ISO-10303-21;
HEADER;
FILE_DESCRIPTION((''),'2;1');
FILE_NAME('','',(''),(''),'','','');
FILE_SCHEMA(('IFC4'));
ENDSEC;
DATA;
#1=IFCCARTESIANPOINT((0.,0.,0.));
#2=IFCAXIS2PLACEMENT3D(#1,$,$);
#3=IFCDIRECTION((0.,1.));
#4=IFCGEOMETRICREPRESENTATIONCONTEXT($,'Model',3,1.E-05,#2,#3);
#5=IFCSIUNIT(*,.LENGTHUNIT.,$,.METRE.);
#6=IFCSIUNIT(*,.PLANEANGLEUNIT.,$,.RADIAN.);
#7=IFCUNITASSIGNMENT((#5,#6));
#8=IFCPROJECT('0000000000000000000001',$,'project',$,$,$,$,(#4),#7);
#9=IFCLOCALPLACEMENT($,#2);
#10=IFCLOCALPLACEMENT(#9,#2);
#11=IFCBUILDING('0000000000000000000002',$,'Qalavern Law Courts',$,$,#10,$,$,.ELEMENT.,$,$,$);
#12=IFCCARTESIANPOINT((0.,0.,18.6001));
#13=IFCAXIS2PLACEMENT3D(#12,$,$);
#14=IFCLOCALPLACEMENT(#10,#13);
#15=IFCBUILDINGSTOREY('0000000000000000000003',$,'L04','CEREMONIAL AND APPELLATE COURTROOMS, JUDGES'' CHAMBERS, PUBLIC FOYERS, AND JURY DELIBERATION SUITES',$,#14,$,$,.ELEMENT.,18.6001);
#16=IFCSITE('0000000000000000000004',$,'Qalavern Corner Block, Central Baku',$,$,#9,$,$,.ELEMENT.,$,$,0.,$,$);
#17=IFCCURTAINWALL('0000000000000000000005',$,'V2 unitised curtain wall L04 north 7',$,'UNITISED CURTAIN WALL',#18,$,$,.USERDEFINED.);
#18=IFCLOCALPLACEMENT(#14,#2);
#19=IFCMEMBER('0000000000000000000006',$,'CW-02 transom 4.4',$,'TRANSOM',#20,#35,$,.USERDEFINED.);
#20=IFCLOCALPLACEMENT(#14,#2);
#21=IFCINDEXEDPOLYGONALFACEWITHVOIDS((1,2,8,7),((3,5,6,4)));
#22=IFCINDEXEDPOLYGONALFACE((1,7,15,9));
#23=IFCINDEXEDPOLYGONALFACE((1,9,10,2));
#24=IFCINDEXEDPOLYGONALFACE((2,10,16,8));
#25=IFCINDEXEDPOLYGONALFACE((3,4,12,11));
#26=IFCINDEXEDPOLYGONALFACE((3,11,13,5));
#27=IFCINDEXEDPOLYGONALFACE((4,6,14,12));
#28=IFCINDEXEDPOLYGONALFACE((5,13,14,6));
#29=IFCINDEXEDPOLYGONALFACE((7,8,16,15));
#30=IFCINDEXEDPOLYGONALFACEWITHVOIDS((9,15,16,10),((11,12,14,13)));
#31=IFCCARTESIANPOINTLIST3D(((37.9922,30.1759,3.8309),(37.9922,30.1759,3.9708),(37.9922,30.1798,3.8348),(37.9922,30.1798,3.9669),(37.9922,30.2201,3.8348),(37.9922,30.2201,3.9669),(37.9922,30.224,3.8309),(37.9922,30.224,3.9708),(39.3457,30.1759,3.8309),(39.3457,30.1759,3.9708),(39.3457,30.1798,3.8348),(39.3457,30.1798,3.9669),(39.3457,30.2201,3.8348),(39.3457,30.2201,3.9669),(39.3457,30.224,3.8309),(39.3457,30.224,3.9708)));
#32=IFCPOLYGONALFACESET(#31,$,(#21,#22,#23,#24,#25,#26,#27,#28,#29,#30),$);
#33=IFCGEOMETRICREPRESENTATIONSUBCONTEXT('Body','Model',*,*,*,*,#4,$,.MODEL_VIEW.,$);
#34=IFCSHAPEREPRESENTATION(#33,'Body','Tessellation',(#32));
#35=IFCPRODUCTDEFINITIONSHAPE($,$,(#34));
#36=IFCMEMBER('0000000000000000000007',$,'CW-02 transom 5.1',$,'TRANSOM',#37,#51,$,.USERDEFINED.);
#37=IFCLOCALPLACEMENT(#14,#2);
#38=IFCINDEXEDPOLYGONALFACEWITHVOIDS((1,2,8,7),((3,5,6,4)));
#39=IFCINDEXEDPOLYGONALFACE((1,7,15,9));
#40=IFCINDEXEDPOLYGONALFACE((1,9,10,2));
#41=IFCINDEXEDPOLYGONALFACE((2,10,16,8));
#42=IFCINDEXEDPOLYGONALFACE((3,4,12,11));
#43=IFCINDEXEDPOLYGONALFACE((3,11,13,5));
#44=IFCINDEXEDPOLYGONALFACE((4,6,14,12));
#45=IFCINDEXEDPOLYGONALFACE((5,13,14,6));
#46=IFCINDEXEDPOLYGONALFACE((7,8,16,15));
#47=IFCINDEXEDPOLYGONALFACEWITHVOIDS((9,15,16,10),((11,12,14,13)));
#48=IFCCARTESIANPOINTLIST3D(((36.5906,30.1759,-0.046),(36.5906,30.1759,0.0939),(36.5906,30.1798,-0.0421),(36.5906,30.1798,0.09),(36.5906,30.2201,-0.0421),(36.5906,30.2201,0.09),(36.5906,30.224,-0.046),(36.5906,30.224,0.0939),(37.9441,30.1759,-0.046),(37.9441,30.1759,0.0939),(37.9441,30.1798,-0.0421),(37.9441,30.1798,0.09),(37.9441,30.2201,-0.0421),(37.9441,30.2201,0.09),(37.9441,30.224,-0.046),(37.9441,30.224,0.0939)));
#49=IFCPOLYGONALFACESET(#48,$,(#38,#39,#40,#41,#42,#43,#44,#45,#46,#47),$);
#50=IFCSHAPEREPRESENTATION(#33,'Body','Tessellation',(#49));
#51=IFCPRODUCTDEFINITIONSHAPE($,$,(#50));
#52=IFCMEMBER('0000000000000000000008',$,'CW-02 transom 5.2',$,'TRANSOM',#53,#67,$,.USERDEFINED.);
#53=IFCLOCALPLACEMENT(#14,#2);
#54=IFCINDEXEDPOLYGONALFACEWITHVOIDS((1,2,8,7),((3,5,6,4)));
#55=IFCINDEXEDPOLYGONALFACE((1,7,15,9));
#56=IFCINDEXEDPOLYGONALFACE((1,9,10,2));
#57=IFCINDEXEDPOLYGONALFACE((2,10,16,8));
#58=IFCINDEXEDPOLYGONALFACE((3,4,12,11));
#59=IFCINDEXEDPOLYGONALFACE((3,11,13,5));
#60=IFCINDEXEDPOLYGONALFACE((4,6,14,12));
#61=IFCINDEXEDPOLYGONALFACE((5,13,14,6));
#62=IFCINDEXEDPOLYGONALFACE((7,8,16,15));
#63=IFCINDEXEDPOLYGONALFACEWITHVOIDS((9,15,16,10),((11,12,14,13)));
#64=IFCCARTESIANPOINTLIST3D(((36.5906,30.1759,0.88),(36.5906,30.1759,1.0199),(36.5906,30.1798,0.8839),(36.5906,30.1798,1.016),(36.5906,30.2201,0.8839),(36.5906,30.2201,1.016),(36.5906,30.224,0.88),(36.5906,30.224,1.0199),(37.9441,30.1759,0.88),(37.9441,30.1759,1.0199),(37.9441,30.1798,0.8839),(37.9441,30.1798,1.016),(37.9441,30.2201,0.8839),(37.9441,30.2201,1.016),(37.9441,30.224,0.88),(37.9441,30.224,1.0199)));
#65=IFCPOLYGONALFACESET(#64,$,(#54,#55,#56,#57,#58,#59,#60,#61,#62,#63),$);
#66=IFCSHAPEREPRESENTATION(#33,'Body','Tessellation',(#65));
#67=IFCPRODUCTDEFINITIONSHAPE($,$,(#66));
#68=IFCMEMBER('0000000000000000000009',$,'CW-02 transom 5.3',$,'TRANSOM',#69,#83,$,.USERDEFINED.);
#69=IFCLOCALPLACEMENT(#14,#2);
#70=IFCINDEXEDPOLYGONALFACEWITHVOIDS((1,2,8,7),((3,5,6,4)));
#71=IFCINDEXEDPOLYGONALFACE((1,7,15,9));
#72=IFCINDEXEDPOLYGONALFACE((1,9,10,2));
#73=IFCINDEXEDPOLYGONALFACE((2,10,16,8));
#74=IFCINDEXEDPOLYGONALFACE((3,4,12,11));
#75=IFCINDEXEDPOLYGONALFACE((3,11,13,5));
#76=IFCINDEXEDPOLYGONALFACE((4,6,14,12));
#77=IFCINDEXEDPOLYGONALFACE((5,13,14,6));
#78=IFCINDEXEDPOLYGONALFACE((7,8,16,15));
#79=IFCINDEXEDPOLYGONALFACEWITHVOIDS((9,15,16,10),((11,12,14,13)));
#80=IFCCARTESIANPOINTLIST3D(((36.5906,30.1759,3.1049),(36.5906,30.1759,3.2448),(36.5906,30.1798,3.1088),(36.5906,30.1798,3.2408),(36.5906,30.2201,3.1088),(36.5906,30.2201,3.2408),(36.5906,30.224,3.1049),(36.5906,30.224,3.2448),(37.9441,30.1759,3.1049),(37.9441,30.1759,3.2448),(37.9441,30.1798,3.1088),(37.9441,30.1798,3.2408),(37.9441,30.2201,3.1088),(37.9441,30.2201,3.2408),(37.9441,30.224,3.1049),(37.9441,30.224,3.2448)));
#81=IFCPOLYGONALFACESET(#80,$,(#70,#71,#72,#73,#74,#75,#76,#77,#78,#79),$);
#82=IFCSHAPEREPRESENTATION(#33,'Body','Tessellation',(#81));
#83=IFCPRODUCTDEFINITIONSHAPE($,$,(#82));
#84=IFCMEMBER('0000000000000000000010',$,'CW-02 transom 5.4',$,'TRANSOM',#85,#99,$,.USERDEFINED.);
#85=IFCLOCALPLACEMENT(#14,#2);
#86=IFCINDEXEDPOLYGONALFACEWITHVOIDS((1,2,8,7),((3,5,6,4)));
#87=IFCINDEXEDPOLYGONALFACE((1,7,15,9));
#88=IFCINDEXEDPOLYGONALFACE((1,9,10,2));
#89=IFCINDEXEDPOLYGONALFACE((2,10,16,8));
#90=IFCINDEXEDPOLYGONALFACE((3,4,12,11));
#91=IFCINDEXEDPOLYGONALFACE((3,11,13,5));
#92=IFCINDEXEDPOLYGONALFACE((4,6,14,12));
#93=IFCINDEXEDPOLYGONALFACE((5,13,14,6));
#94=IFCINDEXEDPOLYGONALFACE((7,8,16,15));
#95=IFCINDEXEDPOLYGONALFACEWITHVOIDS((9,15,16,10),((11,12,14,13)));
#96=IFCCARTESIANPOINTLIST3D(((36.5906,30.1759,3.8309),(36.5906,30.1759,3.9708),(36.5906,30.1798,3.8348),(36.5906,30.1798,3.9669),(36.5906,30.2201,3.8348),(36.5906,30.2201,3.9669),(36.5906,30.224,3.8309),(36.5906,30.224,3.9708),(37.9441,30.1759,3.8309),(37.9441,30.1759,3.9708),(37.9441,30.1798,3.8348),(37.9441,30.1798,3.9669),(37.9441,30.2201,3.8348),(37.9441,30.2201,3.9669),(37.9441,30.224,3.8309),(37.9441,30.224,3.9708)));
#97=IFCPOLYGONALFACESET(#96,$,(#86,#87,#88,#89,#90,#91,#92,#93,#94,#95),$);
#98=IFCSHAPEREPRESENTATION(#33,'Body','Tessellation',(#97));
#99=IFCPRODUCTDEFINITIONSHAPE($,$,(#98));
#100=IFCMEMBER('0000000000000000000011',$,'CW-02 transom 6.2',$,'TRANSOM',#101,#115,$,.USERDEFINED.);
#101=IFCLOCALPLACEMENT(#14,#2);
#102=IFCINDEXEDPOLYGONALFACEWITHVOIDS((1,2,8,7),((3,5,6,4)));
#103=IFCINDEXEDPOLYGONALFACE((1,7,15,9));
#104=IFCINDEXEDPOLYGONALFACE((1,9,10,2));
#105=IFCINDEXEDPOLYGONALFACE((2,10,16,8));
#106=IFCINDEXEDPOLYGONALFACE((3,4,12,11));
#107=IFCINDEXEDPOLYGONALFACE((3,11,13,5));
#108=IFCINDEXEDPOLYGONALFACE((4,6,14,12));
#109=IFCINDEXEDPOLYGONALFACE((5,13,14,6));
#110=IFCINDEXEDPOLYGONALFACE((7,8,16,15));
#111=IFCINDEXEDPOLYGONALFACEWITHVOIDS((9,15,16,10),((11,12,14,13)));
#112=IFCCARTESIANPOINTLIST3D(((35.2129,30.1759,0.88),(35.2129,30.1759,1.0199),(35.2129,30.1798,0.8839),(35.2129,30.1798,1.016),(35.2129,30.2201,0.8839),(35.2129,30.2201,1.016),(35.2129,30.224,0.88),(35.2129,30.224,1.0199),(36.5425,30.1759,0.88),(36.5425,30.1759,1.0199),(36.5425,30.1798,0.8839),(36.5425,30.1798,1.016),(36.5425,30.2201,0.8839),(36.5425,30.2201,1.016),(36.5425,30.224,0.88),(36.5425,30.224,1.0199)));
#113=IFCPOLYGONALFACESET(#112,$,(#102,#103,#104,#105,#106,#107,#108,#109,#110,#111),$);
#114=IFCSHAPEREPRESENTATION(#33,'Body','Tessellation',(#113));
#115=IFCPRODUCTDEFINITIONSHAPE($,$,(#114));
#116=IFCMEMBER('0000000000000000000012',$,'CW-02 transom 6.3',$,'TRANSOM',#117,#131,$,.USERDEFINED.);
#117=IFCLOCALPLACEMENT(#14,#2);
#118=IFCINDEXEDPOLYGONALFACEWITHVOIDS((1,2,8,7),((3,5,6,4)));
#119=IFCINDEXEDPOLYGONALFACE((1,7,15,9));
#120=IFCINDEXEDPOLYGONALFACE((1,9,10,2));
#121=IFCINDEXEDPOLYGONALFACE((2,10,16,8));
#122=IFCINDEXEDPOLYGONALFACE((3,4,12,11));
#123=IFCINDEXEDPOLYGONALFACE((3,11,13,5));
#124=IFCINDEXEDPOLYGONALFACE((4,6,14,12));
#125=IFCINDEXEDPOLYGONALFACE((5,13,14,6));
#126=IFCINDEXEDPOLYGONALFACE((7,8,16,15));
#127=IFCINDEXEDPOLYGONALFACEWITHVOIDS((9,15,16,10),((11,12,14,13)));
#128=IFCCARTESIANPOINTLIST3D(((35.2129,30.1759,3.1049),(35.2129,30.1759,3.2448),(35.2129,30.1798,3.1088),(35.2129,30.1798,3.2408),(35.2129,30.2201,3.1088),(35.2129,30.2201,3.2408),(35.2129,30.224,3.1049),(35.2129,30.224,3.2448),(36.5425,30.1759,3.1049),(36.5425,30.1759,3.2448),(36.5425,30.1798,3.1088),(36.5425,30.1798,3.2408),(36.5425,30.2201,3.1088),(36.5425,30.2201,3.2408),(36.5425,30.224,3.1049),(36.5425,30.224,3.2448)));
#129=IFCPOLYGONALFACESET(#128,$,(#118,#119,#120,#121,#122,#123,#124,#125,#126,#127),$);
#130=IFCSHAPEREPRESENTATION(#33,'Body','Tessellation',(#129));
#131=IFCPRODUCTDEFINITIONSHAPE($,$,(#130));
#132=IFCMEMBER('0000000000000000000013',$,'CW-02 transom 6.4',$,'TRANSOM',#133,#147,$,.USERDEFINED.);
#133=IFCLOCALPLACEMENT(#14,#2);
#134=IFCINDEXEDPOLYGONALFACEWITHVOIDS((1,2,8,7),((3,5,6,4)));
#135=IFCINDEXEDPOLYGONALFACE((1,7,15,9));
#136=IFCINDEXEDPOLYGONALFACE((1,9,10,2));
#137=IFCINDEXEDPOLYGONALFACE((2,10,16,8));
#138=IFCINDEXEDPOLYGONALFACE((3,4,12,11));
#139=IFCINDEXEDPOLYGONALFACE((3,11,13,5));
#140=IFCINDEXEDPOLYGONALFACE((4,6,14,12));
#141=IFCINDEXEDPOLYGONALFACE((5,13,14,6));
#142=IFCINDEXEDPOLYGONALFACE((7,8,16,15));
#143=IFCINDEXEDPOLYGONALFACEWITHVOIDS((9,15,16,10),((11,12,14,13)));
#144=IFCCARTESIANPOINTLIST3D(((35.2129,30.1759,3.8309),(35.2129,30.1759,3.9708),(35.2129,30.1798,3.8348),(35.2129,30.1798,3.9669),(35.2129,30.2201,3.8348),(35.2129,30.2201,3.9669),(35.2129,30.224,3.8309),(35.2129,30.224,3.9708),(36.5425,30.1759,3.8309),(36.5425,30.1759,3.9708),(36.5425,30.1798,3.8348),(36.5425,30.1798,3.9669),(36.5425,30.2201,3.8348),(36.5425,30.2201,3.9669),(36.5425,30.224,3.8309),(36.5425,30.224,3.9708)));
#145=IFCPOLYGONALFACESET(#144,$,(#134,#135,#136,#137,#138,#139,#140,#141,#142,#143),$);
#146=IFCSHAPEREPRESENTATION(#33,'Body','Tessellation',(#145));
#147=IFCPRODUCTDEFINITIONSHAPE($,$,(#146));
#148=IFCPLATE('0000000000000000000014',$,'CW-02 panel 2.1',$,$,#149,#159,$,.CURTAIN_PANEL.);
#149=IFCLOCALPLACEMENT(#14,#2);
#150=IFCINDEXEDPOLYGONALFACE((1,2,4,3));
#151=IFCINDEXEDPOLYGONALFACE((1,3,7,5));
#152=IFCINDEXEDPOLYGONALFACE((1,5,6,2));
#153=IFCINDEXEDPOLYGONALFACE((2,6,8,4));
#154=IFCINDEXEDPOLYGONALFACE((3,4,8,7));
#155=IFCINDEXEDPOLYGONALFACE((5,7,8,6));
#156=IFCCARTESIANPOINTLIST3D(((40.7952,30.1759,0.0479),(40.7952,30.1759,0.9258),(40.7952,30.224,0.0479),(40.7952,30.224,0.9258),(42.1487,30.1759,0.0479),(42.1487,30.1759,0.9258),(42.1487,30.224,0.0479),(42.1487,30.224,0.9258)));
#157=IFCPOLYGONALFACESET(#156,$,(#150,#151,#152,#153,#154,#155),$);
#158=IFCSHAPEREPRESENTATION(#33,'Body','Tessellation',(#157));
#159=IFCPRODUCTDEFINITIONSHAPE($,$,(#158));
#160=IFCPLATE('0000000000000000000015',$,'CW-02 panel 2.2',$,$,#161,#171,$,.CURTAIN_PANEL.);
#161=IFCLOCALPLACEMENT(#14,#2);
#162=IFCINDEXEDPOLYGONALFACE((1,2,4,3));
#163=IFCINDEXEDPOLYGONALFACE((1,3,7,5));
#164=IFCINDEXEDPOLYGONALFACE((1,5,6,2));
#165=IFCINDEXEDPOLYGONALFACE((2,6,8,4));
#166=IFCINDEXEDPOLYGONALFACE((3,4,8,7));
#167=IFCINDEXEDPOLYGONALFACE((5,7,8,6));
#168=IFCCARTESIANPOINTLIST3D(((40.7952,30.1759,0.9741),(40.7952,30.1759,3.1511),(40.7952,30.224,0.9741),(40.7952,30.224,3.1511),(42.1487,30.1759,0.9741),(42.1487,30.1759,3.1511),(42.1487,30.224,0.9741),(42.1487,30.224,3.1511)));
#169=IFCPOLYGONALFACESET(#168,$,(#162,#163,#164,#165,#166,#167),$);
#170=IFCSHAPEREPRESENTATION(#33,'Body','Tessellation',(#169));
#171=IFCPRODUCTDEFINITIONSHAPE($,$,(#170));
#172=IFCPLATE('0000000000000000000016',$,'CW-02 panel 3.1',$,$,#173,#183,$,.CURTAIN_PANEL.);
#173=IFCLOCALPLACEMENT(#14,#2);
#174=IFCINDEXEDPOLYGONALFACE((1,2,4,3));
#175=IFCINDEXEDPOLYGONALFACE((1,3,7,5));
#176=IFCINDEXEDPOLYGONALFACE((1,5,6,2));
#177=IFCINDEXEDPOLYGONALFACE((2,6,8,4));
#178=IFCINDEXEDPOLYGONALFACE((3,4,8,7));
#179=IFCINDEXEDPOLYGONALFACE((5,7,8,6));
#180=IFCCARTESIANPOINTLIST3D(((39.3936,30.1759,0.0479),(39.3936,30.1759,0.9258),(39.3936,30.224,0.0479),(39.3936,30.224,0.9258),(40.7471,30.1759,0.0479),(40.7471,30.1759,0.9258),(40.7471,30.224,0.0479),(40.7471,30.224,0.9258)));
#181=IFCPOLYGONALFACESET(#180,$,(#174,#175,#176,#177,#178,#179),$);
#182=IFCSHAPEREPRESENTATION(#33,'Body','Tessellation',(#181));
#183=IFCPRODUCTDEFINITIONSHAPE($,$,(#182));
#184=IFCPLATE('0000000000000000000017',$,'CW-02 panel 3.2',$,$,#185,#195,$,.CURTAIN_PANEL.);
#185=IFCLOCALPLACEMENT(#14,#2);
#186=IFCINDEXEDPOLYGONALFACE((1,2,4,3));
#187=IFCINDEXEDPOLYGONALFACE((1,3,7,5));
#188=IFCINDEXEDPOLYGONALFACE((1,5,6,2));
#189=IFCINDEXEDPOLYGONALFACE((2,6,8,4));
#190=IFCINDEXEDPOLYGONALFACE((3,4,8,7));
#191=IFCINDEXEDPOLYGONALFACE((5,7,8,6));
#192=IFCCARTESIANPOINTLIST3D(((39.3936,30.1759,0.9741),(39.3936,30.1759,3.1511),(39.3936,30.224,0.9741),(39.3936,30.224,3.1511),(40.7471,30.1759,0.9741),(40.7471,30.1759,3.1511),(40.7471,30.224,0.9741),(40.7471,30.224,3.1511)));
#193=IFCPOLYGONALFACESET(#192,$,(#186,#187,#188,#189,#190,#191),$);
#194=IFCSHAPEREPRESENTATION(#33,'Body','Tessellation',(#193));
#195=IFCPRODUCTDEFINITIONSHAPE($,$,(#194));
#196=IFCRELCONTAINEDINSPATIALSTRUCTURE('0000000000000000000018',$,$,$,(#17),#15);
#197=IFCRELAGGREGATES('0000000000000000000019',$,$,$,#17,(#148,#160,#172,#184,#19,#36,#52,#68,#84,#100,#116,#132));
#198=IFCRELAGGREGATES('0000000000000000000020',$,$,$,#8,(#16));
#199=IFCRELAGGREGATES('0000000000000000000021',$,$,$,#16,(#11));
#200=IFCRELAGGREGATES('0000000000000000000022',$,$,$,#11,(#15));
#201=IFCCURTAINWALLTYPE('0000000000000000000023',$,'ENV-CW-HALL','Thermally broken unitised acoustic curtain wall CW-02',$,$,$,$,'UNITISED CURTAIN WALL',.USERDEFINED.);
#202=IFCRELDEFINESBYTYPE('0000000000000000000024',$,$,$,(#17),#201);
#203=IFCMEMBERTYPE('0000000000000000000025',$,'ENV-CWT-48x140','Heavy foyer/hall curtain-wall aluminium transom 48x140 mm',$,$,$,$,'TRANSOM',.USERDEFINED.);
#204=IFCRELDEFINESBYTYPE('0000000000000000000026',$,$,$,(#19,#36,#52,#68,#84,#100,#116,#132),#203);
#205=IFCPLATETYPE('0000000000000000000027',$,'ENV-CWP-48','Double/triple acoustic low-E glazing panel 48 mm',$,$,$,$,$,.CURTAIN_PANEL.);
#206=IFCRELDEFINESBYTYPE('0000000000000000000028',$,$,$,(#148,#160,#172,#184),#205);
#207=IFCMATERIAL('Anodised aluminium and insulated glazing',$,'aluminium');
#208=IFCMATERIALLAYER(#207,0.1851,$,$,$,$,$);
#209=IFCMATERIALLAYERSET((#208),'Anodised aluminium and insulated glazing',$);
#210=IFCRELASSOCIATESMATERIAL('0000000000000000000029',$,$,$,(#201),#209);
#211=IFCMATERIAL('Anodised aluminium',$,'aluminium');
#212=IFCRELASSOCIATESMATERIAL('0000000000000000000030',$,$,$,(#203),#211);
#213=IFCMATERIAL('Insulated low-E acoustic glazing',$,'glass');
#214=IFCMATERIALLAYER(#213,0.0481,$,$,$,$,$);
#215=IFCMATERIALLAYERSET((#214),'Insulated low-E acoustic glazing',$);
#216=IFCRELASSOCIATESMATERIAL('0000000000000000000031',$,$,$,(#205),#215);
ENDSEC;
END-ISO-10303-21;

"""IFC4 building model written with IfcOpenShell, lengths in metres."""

from ifc_helpers import new_model, si_unit, direction, frame, origin, origin_2d, place, context, subcontext, project, spatial, rectangle, hollow_rectangle, extrude, material, layer, layer_set, material_profile, profile_set, type_object, element, aggregate, save


model = new_model("IFC4")

# Units and contexts
model_context = context("Model", 3, precision=1e-05, world=origin(), true_north=direction((0.0, 1.0)))
body_context = subcontext(model_context, "Body", "Model", "MODEL_VIEW")
ifc_project = project(units=[si_unit("LENGTHUNIT", "METRE"), si_unit("PLANEANGLEUNIT", "RADIAN")], contexts=[model_context])

# Site, building, storey
site_placement = place(None, origin())
site = spatial("IfcSite", under=ifc_project, at=site_placement, Name="Qalavern Corner Block, Central Baku", CompositionType="ELEMENT", RefElevation=0.0)
building_placement = place(site_placement, origin())
building = spatial("IfcBuilding", under=site, at=building_placement, Name="Qalavern Law Courts", CompositionType="ELEMENT")
storey_placement = place(building_placement, frame((0.0, 0.0, 18.6001)))
storey = spatial("IfcBuildingStorey", under=building, at=storey_placement, Name="L04", Description="CEREMONIAL AND APPELLATE COURTROOMS, JUDGES' CHAMBERS, PUBLIC FOYERS, AND JURY DELIBERATION SUITES", CompositionType="ELEMENT", Elevation=18.6001)

# Curtain wall, members, plates
ifc_material_1 = material(Name="Anodised aluminium and insulated glazing", Category="aluminium")
ifc_layer_1 = layer(ifc_material_1, 0.1851)
ifc_layer_set_1 = layer_set([ifc_layer_1], Name="Anodised aluminium and insulated glazing")
curtain_wall_type = type_object("IfcCurtainWallType", Name="ENV-CW-HALL", Description="Thermally broken unitised acoustic curtain wall CW-02", ElementType="UNITISED CURTAIN WALL", PredefinedType="USERDEFINED", material=ifc_layer_set_1)
curtain_wall_placement = place(storey_placement, origin())
curtain_wall = element("IfcCurtainWall", 1, at=curtain_wall_placement, inside=storey, type_object=curtain_wall_type, Name="V2 unitised curtain wall L04 north 7", ObjectType="UNITISED CURTAIN WALL", PredefinedType="USERDEFINED")
ifc_material_2 = material(Name="Anodised aluminium", Category="aluminium")
ifc_material_profile_1 = material_profile(ifc_material_2, hollow_rectangle(XDim=0.0481, YDim=0.1399, WallThickness=0.0039, at=origin_2d()), Name="ALU TRANSOM 48x140")
ifc_profile_set_1 = profile_set([ifc_material_profile_1], Name="Anodised aluminium")
member_type_1 = type_object("IfcMemberType", Name="ENV-CWT-48x140", Description="Heavy foyer/hall curtain-wall aluminium transom 48x140 mm", ElementType="TRANSOM", PredefinedType="USERDEFINED", material=ifc_profile_set_1)
member_1_placement = place(storey_placement, frame((39.3457, 30.2, 3.9009), z_axis=(-1.0, 0.0, 0.0), x_axis=(0.0, -1.0, 0.0)))
member_1 = element("IfcMember", 2, at=member_1_placement, type_object=member_type_1, Name="CW-02 transom 4.4", ObjectType="TRANSOM", PredefinedType="USERDEFINED", context=body_context, shape_type="SweptSolid", body=[
    extrude(hollow_rectangle(XDim=0.0481, YDim=0.1399, WallThickness=0.0039, at=origin_2d()), origin(), (0.0, 0.0, 1.0), 1.3535),
])
member_2_placement = place(storey_placement, frame((37.9441, 30.2, 0.0239), z_axis=(-1.0, 0.0, 0.0), x_axis=(0.0, -1.0, 0.0)))
member_2 = element("IfcMember", 3, at=member_2_placement, type_object=member_type_1, Name="CW-02 transom 5.1", ObjectType="TRANSOM", PredefinedType="USERDEFINED", context=body_context, shape_type="SweptSolid", body=[
    extrude(hollow_rectangle(XDim=0.0481, YDim=0.1399, WallThickness=0.0039, at=origin_2d()), origin(), (0.0, 0.0, 1.0), 1.3535),
])
member_3_placement = place(storey_placement, frame((37.9441, 30.2, 0.95), z_axis=(-1.0, 0.0, 0.0), x_axis=(0.0, -1.0, 0.0)))
member_3 = element("IfcMember", 4, at=member_3_placement, type_object=member_type_1, Name="CW-02 transom 5.2", ObjectType="TRANSOM", PredefinedType="USERDEFINED", context=body_context, shape_type="SweptSolid", body=[
    extrude(hollow_rectangle(XDim=0.0481, YDim=0.1399, WallThickness=0.0039, at=origin_2d()), origin(), (0.0, 0.0, 1.0), 1.3535),
])
member_4_placement = place(storey_placement, frame((37.9441, 30.2, 3.1748), z_axis=(-1.0, 0.0, 0.0), x_axis=(0.0, -1.0, 0.0)))
member_4 = element("IfcMember", 5, at=member_4_placement, type_object=member_type_1, Name="CW-02 transom 5.3", ObjectType="TRANSOM", PredefinedType="USERDEFINED", context=body_context, shape_type="SweptSolid", body=[
    extrude(hollow_rectangle(XDim=0.0481, YDim=0.1399, WallThickness=0.0039, at=origin_2d()), origin(), (0.0, 0.0, 1.0), 1.3535),
])
member_5_placement = place(storey_placement, frame((37.9441, 30.2, 3.9009), z_axis=(-1.0, 0.0, 0.0), x_axis=(0.0, -1.0, 0.0)))
member_5 = element("IfcMember", 6, at=member_5_placement, type_object=member_type_1, Name="CW-02 transom 5.4", ObjectType="TRANSOM", PredefinedType="USERDEFINED", context=body_context, shape_type="SweptSolid", body=[
    extrude(hollow_rectangle(XDim=0.0481, YDim=0.1399, WallThickness=0.0039, at=origin_2d()), origin(), (0.0, 0.0, 1.0), 1.3535),
])
member_6_placement = place(storey_placement, frame((36.5425, 30.2, 0.95), z_axis=(-1.0, 0.0, 0.0), x_axis=(0.0, -1.0, 0.0)))
member_6 = element("IfcMember", 7, at=member_6_placement, type_object=member_type_1, Name="CW-02 transom 6.2", ObjectType="TRANSOM", PredefinedType="USERDEFINED", context=body_context, shape_type="SweptSolid", body=[
    extrude(hollow_rectangle(XDim=0.0481, YDim=0.1399, WallThickness=0.0039, at=origin_2d()), origin(), (0.0, 0.0, 1.0), 1.3296),
])
member_7_placement = place(storey_placement, frame((36.5425, 30.2, 3.1748), z_axis=(-1.0, 0.0, 0.0), x_axis=(0.0, -1.0, 0.0)))
member_7 = element("IfcMember", 8, at=member_7_placement, type_object=member_type_1, Name="CW-02 transom 6.3", ObjectType="TRANSOM", PredefinedType="USERDEFINED", context=body_context, shape_type="SweptSolid", body=[
    extrude(hollow_rectangle(XDim=0.0481, YDim=0.1399, WallThickness=0.0039, at=origin_2d()), origin(), (0.0, 0.0, 1.0), 1.3296),
])
member_8_placement = place(storey_placement, frame((36.5425, 30.2, 3.9009), z_axis=(-1.0, 0.0, 0.0), x_axis=(0.0, -1.0, 0.0)))
member_8 = element("IfcMember", 9, at=member_8_placement, type_object=member_type_1, Name="CW-02 transom 6.4", ObjectType="TRANSOM", PredefinedType="USERDEFINED", context=body_context, shape_type="SweptSolid", body=[
    extrude(hollow_rectangle(XDim=0.0481, YDim=0.1399, WallThickness=0.0039, at=origin_2d()), origin(), (0.0, 0.0, 1.0), 1.3296),
])
ifc_material_3 = material(Name="Insulated low-E acoustic glazing", Category="glass")
ifc_layer_2 = layer(ifc_material_3, 0.0481)
ifc_layer_set_2 = layer_set([ifc_layer_2], Name="Insulated low-E acoustic glazing")
plate_type = type_object("IfcPlateType", Name="ENV-CWP-48", Description="Double/triple acoustic low-E glazing panel 48 mm", PredefinedType="CURTAIN_PANEL", material=ifc_layer_set_2)
plate_1_placement = place(storey_placement, frame((41.4719, 30.2, 0.0479), z_axis=(0.0, 0.0, 1.0), x_axis=(-1.0, 0.0, 0.0)))
plate_1 = element("IfcPlate", 10, at=plate_1_placement, type_object=plate_type, Name="CW-02 panel 2.1", PredefinedType="CURTAIN_PANEL", context=body_context, shape_type="SweptSolid", body=[
    extrude(rectangle(XDim=1.3535, YDim=0.0481, at=origin_2d()), origin(), (0.0, 0.0, 1.0), 0.8779),
])
plate_2_placement = place(storey_placement, frame((41.4719, 30.2, 0.9741), z_axis=(0.0, 0.0, 1.0), x_axis=(-1.0, 0.0, 0.0)))
plate_2 = element("IfcPlate", 11, at=plate_2_placement, type_object=plate_type, Name="CW-02 panel 2.2", PredefinedType="CURTAIN_PANEL", context=body_context, shape_type="SweptSolid", body=[
    extrude(rectangle(XDim=1.3535, YDim=0.0481, at=origin_2d()), origin(), (0.0, 0.0, 1.0), 2.177),
])
plate_3_placement = place(storey_placement, frame((40.0703, 30.2, 0.0479), z_axis=(0.0, 0.0, 1.0), x_axis=(-1.0, 0.0, 0.0)))
plate_3 = element("IfcPlate", 12, at=plate_3_placement, type_object=plate_type, Name="CW-02 panel 3.1", PredefinedType="CURTAIN_PANEL", context=body_context, shape_type="SweptSolid", body=[
    extrude(rectangle(XDim=1.3535, YDim=0.0481, at=origin_2d()), origin(), (0.0, 0.0, 1.0), 0.8779),
])
plate_4_placement = place(storey_placement, frame((40.0703, 30.2, 0.9741), z_axis=(0.0, 0.0, 1.0), x_axis=(-1.0, 0.0, 0.0)))
plate_4 = element("IfcPlate", 13, at=plate_4_placement, type_object=plate_type, Name="CW-02 panel 3.2", PredefinedType="CURTAIN_PANEL", context=body_context, shape_type="SweptSolid", body=[
    extrude(rectangle(XDim=1.3535, YDim=0.0481, at=origin_2d()), origin(), (0.0, 0.0, 1.0), 2.177),
])
aggregate(curtain_wall, [plate_1, plate_2, plate_3, plate_4, member_1, member_2, member_3, member_4, member_5, member_6, member_7, member_8])

save(model, "model.ifc")
